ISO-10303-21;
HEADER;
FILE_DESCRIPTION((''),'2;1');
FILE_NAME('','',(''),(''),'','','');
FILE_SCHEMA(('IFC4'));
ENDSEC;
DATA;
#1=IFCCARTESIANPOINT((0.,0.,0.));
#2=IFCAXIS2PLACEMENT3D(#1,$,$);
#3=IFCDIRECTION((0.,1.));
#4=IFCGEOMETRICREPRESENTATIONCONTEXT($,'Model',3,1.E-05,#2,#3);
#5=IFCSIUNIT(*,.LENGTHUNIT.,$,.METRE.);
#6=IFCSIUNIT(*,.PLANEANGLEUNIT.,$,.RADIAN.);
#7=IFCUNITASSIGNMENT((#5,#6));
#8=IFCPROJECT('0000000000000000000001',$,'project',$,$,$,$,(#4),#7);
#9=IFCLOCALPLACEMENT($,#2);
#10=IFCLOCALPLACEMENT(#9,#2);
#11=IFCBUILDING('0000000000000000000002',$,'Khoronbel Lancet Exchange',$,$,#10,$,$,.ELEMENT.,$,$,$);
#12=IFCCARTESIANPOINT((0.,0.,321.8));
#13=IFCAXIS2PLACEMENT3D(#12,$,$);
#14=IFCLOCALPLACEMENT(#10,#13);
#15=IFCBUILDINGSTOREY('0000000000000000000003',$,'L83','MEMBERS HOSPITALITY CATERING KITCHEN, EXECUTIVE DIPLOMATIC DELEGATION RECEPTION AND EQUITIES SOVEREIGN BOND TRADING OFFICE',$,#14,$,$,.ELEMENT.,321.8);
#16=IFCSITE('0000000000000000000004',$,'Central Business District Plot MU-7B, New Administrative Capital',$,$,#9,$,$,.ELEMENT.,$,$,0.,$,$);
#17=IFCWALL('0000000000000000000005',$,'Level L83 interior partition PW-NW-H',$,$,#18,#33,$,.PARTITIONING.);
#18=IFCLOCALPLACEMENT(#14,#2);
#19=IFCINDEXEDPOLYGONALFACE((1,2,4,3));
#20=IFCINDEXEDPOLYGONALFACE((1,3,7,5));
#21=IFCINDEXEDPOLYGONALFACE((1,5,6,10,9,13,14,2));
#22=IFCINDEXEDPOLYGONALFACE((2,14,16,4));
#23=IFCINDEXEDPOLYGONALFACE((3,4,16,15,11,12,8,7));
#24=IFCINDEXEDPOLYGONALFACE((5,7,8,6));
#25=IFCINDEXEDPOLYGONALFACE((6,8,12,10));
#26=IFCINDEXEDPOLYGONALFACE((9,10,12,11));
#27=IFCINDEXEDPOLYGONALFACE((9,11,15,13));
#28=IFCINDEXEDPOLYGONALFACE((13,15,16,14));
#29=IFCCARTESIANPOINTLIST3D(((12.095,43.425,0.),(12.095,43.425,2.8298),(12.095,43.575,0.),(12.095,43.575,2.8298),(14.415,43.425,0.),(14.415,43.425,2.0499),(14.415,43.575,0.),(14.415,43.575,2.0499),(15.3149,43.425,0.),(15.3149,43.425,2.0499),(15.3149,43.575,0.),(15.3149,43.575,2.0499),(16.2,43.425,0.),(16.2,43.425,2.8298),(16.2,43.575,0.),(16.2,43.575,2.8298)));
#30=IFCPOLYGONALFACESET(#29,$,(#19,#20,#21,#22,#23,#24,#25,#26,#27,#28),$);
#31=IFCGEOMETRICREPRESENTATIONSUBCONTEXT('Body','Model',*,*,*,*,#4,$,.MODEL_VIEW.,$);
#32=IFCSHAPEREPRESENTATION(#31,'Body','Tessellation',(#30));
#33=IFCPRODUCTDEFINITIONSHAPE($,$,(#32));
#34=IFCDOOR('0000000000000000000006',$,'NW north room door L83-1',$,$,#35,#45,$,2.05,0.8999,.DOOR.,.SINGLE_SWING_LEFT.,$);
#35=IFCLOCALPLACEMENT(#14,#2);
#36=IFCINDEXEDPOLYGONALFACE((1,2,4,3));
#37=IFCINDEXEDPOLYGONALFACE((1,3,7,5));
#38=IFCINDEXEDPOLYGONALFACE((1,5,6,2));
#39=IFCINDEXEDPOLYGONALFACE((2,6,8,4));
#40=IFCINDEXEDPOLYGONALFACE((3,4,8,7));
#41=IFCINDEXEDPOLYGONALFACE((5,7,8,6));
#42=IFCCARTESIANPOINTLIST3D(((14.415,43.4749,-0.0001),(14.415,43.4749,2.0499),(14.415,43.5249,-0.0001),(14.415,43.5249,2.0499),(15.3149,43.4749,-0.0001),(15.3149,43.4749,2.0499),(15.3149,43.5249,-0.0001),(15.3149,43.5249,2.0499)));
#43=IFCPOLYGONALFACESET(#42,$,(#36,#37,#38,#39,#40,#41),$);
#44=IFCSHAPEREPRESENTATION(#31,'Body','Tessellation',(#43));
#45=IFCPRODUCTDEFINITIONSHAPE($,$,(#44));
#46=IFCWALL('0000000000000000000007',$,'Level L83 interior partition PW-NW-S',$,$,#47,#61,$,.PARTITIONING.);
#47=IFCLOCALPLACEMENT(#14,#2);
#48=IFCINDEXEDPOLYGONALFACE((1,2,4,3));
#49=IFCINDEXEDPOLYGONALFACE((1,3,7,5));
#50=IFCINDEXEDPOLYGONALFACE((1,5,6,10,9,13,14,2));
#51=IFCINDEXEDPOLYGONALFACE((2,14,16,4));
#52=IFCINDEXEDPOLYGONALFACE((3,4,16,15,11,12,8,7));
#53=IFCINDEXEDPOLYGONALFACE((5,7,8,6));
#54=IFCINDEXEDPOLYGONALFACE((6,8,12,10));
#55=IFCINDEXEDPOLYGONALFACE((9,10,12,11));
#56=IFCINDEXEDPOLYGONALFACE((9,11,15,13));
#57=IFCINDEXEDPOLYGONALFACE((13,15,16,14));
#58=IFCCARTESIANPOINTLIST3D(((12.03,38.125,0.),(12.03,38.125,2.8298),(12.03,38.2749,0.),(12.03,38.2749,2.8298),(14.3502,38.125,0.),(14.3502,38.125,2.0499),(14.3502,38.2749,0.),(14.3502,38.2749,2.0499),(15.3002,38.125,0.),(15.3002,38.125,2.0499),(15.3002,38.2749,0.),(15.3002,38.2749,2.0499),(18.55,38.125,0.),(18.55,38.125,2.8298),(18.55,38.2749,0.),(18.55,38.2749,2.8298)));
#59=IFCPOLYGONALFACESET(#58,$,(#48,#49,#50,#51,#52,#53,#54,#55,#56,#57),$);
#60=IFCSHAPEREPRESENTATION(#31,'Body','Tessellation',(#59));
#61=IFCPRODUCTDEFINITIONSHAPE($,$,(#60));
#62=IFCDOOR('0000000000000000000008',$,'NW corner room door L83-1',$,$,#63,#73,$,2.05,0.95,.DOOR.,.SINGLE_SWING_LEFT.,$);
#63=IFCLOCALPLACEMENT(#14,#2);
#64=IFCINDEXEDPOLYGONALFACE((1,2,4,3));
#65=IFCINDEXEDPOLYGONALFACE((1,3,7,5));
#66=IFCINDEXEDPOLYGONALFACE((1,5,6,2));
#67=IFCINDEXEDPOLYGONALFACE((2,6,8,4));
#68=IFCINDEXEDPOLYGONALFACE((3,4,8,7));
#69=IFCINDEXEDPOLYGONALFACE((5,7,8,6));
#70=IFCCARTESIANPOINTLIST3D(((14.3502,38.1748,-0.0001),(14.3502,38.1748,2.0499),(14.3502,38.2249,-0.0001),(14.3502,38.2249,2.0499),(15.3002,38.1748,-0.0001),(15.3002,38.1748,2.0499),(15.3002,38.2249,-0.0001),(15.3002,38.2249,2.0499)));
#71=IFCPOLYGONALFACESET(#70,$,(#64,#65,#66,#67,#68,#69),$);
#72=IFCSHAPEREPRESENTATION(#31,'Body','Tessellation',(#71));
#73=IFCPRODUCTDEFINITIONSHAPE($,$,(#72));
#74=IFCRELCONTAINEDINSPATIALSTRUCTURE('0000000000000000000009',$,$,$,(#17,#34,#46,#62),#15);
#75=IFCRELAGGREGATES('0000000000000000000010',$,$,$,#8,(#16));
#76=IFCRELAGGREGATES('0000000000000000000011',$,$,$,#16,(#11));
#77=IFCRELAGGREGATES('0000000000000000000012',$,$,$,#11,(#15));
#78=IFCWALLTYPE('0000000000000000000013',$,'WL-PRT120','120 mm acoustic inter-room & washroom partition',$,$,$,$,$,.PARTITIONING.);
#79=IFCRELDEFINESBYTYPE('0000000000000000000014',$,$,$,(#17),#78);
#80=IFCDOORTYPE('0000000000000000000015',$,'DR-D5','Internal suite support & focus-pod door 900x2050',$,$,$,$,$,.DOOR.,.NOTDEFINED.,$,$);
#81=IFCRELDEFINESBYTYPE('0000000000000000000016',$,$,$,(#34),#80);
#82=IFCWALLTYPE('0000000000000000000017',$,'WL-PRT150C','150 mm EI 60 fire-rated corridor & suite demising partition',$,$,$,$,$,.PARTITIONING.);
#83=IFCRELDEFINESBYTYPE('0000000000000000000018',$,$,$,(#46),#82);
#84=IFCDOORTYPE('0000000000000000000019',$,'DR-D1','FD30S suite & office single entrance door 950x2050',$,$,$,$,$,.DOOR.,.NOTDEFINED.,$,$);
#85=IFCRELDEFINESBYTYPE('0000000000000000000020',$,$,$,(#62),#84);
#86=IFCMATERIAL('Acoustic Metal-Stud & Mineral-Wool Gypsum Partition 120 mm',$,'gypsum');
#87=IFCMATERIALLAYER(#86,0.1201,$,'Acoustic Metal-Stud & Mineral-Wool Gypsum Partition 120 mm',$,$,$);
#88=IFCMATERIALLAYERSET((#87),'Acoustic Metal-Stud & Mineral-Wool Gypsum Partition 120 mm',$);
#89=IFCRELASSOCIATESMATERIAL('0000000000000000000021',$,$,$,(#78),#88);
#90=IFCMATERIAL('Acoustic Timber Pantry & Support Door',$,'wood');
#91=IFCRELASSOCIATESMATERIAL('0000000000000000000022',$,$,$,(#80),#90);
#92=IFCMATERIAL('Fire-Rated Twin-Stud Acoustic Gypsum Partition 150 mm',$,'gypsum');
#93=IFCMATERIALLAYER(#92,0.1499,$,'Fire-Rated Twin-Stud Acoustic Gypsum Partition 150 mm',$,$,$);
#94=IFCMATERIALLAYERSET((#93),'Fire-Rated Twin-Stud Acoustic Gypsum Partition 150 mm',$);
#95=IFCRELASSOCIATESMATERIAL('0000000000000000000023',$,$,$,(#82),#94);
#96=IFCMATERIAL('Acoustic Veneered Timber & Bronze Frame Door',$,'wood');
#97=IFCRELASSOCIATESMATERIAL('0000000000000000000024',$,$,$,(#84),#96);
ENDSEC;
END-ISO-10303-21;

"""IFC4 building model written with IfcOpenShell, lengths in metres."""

from ifc_helpers import new_model, si_unit, direction, frame, frame_2d, origin, place, context, subcontext, project, spatial, rectangle, extrude, material, layer, layer_set, type_object, element, fill, save


model = new_model("IFC4")

# Units and contexts
model_context = context("Model", 3, precision=1e-05, world=origin(), true_north=direction((0.0, 1.0)))
body_context = subcontext(model_context, "Body", "Model", "MODEL_VIEW")
ifc_project = project(units=[si_unit("LENGTHUNIT", "METRE"), si_unit("PLANEANGLEUNIT", "RADIAN")], contexts=[model_context])

# Site, building, storey
site_placement = place(None, origin())
site = spatial("IfcSite", under=ifc_project, at=site_placement, Name="Central Business District Plot MU-7B, New Administrative Capital", CompositionType="ELEMENT", RefElevation=0.0)
building_placement = place(site_placement, origin())
building = spatial("IfcBuilding", under=site, at=building_placement, Name="Khoronbel Lancet Exchange", CompositionType="ELEMENT")
storey_placement = place(building_placement, frame((0.0, 0.0, 321.8)))
storey = spatial("IfcBuildingStorey", under=building, at=storey_placement, Name="L83", Description="MEMBERS HOSPITALITY CATERING KITCHEN, EXECUTIVE DIPLOMATIC DELEGATION RECEPTION AND EQUITIES SOVEREIGN BOND TRADING OFFICE", CompositionType="ELEMENT", Elevation=321.8)

# Walls, openings, doors
ifc_material_1 = material(Name="Acoustic Metal-Stud & Mineral-Wool Gypsum Partition 120 mm", Category="gypsum")
ifc_layer_1 = layer(ifc_material_1, 0.1201, Name="Acoustic Metal-Stud & Mineral-Wool Gypsum Partition 120 mm")
ifc_layer_set_1 = layer_set([ifc_layer_1], Name="Acoustic Metal-Stud & Mineral-Wool Gypsum Partition 120 mm")
wall_type_1 = type_object("IfcWallType", Name="WL-PRT120", Description="120 mm acoustic inter-room & washroom partition", PredefinedType="PARTITIONING", material=ifc_layer_set_1)
wall_1_placement = place(storey_placement, frame((12.095, 43.5, 0.0), z_axis=(0.0, 0.0, 1.0), x_axis=(1.0, 0.0, 0.0)))
wall_1 = element("IfcWall", 1, at=wall_1_placement, inside=storey, type_object=wall_type_1, Name="Level L83 interior partition PW-NW-H", PredefinedType="PARTITIONING", context=body_context, shape_type="SweptSolid", body=[
    extrude(rectangle(XDim=4.105, YDim=0.1499, at=frame_2d((2.0525, 0.0))), origin(), (0.0, 0.0, 1.0), 2.8298),
])
opening_1_placement = place(wall_1_placement, frame((2.3201, 0.0, 0.0)))
opening_1 = element("IfcOpeningElement", 2, at=opening_1_placement, cuts=wall_1, PredefinedType="OPENING", context=body_context, shape_type="SweptSolid", body=[
    extrude(rectangle(XDim=0.8999, YDim=2.05, at=frame_2d((0.45, 1.0249))), frame((0.0, 0.085, 0.0), z_axis=(0.0, -1.0, 0.0), x_axis=(1.0, 0.0, 0.0)), (0.0, 0.0, 1.0), 0.1699),
])
ifc_material_2 = material(Name="Acoustic Timber Pantry & Support Door", Category="wood")
door_type_1 = type_object("IfcDoorType", Name="DR-D5", Description="Internal suite support & focus-pod door 900x2050", OperationType="NOTDEFINED", PredefinedType="DOOR", material=ifc_material_2)
door_1_placement = place(opening_1_placement, origin())
door_1 = element("IfcDoor", 3, at=door_1_placement, inside=storey, type_object=door_type_1, Name="NW north room door L83-1", OperationType="SINGLE_SWING_LEFT", OverallHeight=2.05, OverallWidth=0.8999, PredefinedType="DOOR", context=body_context, shape_type="SweptSolid", body=[
    extrude(rectangle(XDim=0.8999, YDim=2.05, at=frame_2d((0.45, 1.0249))), frame((0.0, 0.0249, 0.0), z_axis=(0.0, -1.0, 0.0), x_axis=(1.0, 0.0, 0.0)), (0.0, 0.0, 1.0), 0.05),
])
fill(opening_1, door_1)
ifc_material_3 = material(Name="Fire-Rated Twin-Stud Acoustic Gypsum Partition 150 mm", Category="gypsum")
ifc_layer_2 = layer(ifc_material_3, 0.1499, Name="Fire-Rated Twin-Stud Acoustic Gypsum Partition 150 mm")
ifc_layer_set_2 = layer_set([ifc_layer_2], Name="Fire-Rated Twin-Stud Acoustic Gypsum Partition 150 mm")
wall_type_2 = type_object("IfcWallType", Name="WL-PRT150C", Description="150 mm EI 60 fire-rated corridor & suite demising partition", PredefinedType="PARTITIONING", material=ifc_layer_set_2)
wall_2_placement = place(storey_placement, frame((12.03, 38.2, 0.0), z_axis=(0.0, 0.0, 1.0), x_axis=(1.0, 0.0, 0.0)))
wall_2 = element("IfcWall", 4, at=wall_2_placement, inside=storey, type_object=wall_type_2, Name="Level L83 interior partition PW-NW-S", PredefinedType="PARTITIONING", context=body_context, shape_type="SweptSolid", body=[
    extrude(rectangle(XDim=6.52, YDim=0.1499, at=frame_2d((3.26, 0.0))), origin(), (0.0, 0.0, 1.0), 2.8298),
])
opening_2_placement = place(wall_2_placement, frame((2.3201, 0.0, 0.0)))
opening_2 = element("IfcOpeningElement", 5, at=opening_2_placement, cuts=wall_2, PredefinedType="OPENING", context=body_context, shape_type="SweptSolid", body=[
    extrude(rectangle(XDim=0.95, YDim=2.05, at=frame_2d((0.4751, 1.0249))), frame((0.0, 0.085, 0.0), z_axis=(0.0, -1.0, 0.0), x_axis=(1.0, 0.0, 0.0)), (0.0, 0.0, 1.0), 0.1699),
])
ifc_material_4 = material(Name="Acoustic Veneered Timber & Bronze Frame Door", Category="wood")
door_type_2 = type_object("IfcDoorType", Name="DR-D1", Description="FD30S suite & office single entrance door 950x2050", OperationType="NOTDEFINED", PredefinedType="DOOR", material=ifc_material_4)
door_2_placement = place(opening_2_placement, origin())
door_2 = element("IfcDoor", 6, at=door_2_placement, inside=storey, type_object=door_type_2, Name="NW corner room door L83-1", OperationType="SINGLE_SWING_LEFT", OverallHeight=2.05, OverallWidth=0.95, PredefinedType="DOOR", context=body_context, shape_type="SweptSolid", body=[
    extrude(rectangle(XDim=0.95, YDim=2.05, at=frame_2d((0.4751, 1.0249))), frame((0.0, 0.0249, 0.0), z_axis=(0.0, -1.0, 0.0), x_axis=(1.0, 0.0, 0.0)), (0.0, 0.0, 1.0), 0.05),
])
fill(opening_2, door_2)

save(model, "model.ifc")
